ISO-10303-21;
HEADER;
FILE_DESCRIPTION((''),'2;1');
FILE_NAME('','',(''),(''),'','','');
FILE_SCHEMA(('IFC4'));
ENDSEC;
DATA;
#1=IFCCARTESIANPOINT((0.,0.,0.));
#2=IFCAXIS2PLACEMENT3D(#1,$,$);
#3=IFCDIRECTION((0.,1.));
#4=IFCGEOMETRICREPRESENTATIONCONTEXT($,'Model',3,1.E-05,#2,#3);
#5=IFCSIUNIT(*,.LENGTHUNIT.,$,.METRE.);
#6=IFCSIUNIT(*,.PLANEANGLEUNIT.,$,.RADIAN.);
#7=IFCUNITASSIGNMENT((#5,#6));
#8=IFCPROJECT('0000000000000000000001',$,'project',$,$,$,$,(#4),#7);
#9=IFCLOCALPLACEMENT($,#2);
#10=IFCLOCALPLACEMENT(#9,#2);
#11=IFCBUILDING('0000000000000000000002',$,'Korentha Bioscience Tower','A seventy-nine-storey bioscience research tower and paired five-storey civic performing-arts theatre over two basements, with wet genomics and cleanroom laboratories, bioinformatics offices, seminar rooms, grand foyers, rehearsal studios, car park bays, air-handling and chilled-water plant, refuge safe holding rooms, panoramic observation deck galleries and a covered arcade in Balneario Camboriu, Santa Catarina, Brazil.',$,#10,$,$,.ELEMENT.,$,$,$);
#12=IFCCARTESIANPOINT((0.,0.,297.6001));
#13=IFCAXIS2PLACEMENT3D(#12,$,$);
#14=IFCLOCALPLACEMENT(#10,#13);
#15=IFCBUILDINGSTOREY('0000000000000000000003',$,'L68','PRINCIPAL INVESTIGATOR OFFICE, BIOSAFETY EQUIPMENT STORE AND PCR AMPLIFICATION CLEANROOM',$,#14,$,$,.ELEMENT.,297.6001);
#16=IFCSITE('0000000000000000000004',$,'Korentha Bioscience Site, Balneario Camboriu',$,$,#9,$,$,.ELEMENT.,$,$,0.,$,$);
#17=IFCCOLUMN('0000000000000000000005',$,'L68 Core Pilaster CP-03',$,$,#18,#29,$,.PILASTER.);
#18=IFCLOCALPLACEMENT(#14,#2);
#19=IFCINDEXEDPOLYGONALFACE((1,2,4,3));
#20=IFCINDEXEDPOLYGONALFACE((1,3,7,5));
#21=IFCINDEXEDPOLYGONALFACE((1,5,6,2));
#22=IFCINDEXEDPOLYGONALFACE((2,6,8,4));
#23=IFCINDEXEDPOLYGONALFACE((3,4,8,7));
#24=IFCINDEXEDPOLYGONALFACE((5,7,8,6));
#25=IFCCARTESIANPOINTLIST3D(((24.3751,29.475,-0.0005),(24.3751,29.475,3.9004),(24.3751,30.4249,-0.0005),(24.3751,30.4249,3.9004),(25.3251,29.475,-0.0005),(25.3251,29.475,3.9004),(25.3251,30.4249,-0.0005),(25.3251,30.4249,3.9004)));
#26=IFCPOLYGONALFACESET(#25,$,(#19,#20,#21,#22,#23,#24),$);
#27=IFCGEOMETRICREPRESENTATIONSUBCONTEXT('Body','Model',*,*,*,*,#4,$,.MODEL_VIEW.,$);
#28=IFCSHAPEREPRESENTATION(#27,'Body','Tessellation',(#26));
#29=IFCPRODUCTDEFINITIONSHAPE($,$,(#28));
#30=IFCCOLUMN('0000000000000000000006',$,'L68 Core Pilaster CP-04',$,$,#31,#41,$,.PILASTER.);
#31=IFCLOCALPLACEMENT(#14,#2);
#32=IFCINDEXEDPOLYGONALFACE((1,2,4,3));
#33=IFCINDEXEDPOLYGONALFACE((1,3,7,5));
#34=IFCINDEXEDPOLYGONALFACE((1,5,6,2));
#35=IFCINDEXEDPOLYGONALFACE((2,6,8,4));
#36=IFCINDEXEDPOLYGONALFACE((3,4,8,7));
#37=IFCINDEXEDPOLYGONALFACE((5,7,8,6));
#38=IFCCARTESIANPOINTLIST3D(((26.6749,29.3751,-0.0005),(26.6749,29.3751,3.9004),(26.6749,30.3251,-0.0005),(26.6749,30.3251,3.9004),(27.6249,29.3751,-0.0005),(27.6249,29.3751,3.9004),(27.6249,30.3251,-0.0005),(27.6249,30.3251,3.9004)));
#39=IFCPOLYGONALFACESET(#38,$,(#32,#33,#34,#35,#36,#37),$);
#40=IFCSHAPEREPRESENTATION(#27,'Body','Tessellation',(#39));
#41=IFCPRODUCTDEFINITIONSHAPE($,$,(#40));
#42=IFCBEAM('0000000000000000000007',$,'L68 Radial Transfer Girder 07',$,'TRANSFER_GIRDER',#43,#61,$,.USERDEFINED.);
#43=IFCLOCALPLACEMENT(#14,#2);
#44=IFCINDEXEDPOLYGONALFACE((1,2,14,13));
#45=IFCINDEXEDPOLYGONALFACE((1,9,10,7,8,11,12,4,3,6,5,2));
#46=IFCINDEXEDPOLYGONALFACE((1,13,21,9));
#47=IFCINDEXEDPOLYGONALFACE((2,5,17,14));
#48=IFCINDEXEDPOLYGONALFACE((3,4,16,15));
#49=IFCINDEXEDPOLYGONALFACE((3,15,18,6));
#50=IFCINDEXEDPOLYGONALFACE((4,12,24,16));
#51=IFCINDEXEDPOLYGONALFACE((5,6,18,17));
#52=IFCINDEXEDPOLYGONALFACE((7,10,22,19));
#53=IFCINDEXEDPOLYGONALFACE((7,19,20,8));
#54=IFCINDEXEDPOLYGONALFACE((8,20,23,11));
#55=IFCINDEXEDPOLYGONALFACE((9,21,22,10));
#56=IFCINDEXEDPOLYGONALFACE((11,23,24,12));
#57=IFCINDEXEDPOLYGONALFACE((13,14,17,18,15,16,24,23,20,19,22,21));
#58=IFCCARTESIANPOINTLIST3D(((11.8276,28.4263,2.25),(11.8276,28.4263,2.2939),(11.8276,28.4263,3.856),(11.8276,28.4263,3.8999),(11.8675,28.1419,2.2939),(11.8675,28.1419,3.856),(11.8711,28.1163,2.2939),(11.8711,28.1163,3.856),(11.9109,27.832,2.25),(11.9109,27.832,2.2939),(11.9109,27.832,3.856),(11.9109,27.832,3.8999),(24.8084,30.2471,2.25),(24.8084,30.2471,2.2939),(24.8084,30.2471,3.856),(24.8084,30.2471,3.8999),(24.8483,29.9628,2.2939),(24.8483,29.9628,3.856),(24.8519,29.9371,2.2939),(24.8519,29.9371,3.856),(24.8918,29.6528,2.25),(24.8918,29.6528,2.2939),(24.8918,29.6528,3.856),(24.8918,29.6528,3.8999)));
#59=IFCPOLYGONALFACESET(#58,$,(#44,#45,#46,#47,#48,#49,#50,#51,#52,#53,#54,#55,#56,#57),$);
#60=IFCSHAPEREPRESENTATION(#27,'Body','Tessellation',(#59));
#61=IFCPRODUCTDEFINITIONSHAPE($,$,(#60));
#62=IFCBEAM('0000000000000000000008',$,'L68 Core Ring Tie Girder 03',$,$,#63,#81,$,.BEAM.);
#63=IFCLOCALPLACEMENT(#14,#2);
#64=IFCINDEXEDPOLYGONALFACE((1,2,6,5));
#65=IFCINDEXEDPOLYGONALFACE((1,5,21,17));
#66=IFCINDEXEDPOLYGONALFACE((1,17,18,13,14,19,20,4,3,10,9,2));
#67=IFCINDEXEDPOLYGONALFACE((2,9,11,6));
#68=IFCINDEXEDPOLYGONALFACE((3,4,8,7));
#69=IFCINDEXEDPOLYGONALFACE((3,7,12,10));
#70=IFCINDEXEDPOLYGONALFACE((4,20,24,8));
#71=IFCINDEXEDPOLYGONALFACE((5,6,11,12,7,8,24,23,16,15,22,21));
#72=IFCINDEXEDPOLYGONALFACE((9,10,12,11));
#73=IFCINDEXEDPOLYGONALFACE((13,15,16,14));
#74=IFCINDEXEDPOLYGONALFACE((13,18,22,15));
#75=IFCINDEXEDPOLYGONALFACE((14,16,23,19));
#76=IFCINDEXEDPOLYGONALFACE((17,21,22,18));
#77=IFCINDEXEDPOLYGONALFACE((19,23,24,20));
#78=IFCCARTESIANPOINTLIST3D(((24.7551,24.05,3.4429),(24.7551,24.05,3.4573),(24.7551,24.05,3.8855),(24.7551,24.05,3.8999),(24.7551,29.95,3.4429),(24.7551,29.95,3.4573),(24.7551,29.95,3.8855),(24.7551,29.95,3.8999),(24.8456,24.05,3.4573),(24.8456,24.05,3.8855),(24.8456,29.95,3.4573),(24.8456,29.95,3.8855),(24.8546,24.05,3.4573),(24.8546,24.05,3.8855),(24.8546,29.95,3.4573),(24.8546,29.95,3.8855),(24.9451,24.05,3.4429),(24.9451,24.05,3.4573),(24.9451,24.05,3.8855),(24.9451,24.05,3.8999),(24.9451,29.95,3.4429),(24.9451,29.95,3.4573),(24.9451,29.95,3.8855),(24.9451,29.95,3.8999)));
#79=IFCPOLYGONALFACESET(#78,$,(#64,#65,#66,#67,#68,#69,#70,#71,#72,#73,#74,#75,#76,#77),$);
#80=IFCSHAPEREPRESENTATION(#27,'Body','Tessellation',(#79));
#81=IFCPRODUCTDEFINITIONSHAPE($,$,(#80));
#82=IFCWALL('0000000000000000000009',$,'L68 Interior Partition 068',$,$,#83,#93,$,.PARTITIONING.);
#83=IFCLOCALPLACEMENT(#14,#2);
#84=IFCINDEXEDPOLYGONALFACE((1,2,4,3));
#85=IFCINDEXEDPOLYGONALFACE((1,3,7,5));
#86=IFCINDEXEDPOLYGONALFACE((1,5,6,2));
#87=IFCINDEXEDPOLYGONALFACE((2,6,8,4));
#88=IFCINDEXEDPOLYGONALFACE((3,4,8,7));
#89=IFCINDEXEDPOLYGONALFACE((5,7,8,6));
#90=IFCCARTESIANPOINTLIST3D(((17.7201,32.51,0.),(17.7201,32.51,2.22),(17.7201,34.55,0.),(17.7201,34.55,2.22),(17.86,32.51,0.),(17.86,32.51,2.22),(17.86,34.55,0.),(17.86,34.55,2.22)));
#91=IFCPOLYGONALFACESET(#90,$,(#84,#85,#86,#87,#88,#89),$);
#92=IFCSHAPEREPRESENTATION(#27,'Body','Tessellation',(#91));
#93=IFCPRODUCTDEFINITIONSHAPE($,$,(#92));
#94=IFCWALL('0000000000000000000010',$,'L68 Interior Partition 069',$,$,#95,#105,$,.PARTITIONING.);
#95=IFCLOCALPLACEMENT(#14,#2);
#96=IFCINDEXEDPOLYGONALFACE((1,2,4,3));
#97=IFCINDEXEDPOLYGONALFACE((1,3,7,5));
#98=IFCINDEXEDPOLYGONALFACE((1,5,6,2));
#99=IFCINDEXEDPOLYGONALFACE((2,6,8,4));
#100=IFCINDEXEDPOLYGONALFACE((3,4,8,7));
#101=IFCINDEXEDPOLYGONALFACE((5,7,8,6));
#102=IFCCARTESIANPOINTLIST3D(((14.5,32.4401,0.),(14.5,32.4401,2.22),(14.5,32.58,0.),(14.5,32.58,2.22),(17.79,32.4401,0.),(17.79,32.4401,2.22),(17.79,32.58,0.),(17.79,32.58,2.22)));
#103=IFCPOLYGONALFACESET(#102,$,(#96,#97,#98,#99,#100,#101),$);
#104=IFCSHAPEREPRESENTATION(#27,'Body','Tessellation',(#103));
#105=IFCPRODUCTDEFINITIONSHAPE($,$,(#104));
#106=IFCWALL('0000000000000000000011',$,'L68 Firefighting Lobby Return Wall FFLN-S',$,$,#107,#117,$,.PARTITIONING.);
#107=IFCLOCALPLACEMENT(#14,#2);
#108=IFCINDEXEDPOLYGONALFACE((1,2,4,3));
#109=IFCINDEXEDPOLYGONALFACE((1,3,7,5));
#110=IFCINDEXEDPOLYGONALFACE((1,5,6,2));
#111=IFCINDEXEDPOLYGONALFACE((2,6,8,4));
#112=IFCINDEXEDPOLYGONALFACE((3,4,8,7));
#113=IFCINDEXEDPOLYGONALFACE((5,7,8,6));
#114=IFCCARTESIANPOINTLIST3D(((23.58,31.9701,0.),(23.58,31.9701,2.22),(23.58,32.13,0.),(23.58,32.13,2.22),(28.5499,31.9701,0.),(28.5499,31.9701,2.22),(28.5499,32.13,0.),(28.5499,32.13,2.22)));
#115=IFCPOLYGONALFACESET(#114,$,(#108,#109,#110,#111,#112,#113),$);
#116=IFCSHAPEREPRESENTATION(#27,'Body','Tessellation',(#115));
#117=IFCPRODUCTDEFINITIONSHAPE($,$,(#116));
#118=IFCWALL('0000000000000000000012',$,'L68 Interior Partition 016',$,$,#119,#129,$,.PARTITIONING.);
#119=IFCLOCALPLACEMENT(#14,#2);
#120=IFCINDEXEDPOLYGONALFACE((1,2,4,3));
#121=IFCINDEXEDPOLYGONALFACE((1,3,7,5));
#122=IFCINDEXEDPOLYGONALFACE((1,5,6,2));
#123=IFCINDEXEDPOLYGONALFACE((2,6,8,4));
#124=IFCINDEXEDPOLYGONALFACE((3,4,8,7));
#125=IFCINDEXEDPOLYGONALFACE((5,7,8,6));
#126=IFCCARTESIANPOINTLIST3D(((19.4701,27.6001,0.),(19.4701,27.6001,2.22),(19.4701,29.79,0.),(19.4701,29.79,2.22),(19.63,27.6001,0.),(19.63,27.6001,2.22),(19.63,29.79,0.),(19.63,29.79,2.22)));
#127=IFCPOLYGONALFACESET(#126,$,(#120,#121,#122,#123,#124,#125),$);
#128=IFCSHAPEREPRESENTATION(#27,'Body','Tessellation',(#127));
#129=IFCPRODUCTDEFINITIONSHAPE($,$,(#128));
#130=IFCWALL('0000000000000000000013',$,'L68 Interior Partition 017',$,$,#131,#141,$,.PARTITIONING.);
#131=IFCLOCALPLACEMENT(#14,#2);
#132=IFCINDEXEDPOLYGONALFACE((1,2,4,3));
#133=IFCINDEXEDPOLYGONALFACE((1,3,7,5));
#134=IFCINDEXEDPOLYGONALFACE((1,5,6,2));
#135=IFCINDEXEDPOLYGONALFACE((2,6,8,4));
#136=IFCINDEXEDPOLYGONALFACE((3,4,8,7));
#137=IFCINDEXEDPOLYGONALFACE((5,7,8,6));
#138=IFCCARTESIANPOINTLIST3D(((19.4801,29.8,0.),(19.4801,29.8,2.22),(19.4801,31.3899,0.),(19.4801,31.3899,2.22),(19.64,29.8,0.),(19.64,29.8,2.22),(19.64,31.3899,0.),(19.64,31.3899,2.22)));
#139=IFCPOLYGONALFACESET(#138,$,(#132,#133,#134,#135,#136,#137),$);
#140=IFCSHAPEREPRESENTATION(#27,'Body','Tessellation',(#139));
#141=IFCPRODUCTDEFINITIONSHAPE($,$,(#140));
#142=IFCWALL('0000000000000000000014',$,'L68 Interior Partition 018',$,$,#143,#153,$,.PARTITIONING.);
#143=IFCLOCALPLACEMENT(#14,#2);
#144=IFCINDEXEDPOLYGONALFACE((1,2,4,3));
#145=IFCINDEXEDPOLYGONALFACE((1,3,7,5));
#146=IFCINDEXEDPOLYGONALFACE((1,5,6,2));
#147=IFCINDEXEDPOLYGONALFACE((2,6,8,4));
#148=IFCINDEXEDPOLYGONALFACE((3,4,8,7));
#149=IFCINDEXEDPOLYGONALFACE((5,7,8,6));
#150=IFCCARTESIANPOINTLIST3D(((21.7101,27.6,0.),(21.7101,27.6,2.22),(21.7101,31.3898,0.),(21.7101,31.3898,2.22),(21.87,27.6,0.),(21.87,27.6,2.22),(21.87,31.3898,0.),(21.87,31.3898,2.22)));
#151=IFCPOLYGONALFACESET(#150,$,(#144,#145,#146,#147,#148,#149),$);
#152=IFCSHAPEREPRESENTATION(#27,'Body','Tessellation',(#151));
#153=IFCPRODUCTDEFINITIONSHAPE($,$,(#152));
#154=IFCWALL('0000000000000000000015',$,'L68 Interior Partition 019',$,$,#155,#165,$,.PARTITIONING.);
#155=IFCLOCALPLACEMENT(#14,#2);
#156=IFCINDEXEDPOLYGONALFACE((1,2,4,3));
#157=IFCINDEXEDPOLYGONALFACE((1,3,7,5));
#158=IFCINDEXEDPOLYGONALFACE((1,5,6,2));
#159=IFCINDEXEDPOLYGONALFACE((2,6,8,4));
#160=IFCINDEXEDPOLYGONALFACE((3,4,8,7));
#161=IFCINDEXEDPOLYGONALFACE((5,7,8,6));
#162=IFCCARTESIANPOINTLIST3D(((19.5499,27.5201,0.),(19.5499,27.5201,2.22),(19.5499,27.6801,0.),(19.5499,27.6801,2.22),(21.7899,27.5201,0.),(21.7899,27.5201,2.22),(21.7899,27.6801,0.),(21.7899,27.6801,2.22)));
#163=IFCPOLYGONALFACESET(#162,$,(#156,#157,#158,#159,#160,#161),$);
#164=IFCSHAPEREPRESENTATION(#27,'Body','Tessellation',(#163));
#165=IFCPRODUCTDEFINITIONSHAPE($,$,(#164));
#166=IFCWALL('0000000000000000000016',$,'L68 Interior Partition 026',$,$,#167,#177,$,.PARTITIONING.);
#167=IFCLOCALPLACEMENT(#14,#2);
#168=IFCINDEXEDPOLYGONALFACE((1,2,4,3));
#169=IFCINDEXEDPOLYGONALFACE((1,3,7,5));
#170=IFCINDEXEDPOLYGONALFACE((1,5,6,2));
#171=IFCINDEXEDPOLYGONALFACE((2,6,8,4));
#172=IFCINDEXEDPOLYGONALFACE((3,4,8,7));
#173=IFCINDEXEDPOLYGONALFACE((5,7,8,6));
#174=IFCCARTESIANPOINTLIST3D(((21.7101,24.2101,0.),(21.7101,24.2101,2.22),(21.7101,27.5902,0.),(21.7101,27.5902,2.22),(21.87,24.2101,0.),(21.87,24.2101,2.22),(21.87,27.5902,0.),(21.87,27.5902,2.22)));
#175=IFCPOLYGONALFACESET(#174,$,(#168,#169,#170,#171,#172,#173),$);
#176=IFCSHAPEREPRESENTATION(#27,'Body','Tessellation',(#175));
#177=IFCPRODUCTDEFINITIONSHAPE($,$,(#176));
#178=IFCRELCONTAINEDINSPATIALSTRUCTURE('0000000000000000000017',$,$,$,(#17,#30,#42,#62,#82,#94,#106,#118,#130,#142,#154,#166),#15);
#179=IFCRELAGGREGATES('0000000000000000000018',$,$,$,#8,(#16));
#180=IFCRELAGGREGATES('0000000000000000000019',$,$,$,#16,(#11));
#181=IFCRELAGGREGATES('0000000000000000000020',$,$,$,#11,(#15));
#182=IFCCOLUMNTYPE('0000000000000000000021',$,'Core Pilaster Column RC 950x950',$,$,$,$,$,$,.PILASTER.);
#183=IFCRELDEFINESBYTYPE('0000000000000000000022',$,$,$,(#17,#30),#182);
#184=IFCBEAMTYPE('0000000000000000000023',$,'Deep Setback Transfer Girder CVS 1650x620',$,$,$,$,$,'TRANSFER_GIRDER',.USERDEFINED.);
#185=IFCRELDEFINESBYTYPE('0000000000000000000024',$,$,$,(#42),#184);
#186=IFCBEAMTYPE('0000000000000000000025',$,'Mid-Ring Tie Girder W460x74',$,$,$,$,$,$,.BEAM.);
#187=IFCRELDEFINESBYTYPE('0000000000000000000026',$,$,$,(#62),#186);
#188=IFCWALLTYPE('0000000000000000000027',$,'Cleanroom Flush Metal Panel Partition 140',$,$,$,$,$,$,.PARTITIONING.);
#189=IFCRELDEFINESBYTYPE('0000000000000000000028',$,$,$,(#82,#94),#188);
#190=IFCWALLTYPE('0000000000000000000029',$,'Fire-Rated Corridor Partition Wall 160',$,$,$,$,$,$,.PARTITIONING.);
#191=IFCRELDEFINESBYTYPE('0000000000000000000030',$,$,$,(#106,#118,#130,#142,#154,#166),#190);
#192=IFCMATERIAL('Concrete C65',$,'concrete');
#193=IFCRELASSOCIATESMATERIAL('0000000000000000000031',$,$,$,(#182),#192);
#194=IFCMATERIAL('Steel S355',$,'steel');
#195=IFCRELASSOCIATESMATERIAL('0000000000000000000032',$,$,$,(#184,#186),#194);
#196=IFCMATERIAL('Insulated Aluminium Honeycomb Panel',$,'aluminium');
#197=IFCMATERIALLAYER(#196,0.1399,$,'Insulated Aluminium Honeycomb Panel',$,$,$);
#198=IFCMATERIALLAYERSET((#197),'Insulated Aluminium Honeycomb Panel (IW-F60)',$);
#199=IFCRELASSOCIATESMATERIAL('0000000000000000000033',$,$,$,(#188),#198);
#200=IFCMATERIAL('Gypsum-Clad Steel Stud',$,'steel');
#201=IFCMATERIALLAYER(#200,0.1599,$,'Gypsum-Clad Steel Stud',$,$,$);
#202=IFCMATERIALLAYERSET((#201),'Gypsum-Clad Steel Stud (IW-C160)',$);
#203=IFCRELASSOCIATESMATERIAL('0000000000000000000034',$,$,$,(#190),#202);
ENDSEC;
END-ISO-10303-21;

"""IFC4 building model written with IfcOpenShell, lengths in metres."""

from ifc_helpers import new_model, si_unit, direction, frame, frame_2d, origin, origin_2d, place, context, subcontext, project, spatial, rectangle, i_section, extrude, material, layer, layer_set, material_profile, profile_set, type_object, element, save


model = new_model("IFC4")

# Units and contexts
model_context = context("Model", 3, precision=1e-05, world=origin(), true_north=direction((0.0, 1.0)))
body_context = subcontext(model_context, "Body", "Model", "MODEL_VIEW")
ifc_project = project(units=[si_unit("LENGTHUNIT", "METRE"), si_unit("PLANEANGLEUNIT", "RADIAN")], contexts=[model_context])

# Site, building, storey
site_placement = place(None, origin())
site = spatial("IfcSite", under=ifc_project, at=site_placement, Name="Korentha Bioscience Site, Balneario Camboriu", CompositionType="ELEMENT", RefElevation=0.0)
building_placement = place(site_placement, origin())
building = spatial("IfcBuilding", under=site, at=building_placement, Name="Korentha Bioscience Tower", Description="A seventy-nine-storey bioscience research tower and paired five-storey civic performing-arts theatre over two basements, with wet genomics and cleanroom laboratories, bioinformatics offices, seminar rooms, grand foyers, rehearsal studios, car park bays, air-handling and chilled-water plant, refuge safe holding rooms, panoramic observation deck galleries and a covered arcade in Balneario Camboriu, Santa Catarina, Brazil.", CompositionType="ELEMENT")
storey_placement = place(building_placement, frame((0.0, 0.0, 297.6001)))
storey = spatial("IfcBuildingStorey", under=building, at=storey_placement, Name="L68", Description="PRINCIPAL INVESTIGATOR OFFICE, BIOSAFETY EQUIPMENT STORE AND PCR AMPLIFICATION CLEANROOM", CompositionType="ELEMENT", Elevation=297.6001)

# Columns
ifc_material_1 = material(Name="Concrete C65", Category="concrete")
ifc_material_profile_1 = material_profile(ifc_material_1, rectangle(XDim=0.95, YDim=0.95, at=origin_2d()), Name="Concrete C65")
ifc_profile_set_1 = profile_set([ifc_material_profile_1], Name="Concrete C65 (COL-CP09)")
column_type = type_object("IfcColumnType", Name="Core Pilaster Column RC 950x950", PredefinedType="PILASTER", material=ifc_profile_set_1)
for number, where, z_axis, x_axis, name in (
    (1, (24.8501, 29.95, -0.0005), (0.0, 0.0, 1.0), (1.0, 0.0, 0.0), "L68 Core Pilaster CP-03"),
    (2, (27.1499, 29.8501, -0.0005), (0.0, 0.0, 1.0), (1.0, 0.0, 0.0), "L68 Core Pilaster CP-04"),
):
    element("IfcColumn", number, at=place(storey_placement, frame(where, z_axis=z_axis, x_axis=x_axis)), inside=storey, type_object=column_type, Name=name, PredefinedType="PILASTER", context=body_context, shape_type="SweptSolid", body=[
        extrude(rectangle(XDim=0.95, YDim=0.95, at=origin_2d()), origin(), (0.0, 0.0, 1.0), 3.9009),
    ])

# Beams
ifc_material_2 = material(Name="Steel S355", Category="steel")
ifc_material_profile_2 = material_profile(ifc_material_2, i_section(OverallWidth=0.6001, OverallDepth=1.6499, WebThickness=0.0259, FlangeThickness=0.0439, at=origin_2d()), Name="Steel S355")
ifc_profile_set_2 = profile_set([ifc_material_profile_2], Name="Steel S355 (TG-04)")
beam_type_1 = type_object("IfcBeamType", Name="Deep Setback Transfer Girder CVS 1650x620", ElementType="TRANSFER_GIRDER", PredefinedType="USERDEFINED", material=ifc_profile_set_2)
beam_1_placement = place(storey_placement, frame((24.8501, 29.95, 3.075), z_axis=(-0.990305, -0.13891, 0.0), x_axis=(0.13891, -0.990305, 0.0)))
element("IfcBeam", 3, at=beam_1_placement, inside=storey, type_object=beam_type_1, Name="L68 Radial Transfer Girder 07", ObjectType="TRANSFER_GIRDER", PredefinedType="USERDEFINED", context=body_context, shape_type="SweptSolid", body=[
    extrude(i_section(OverallWidth=0.6001, OverallDepth=1.6499, WebThickness=0.0259, FlangeThickness=0.0439, at=origin_2d()), origin(), (0.0, 0.0, 1.0), 13.1079),
])
ifc_material_profile_3 = material_profile(ifc_material_2, i_section(OverallWidth=0.1899, OverallDepth=0.457, WebThickness=0.009, FlangeThickness=0.0144, at=origin_2d()), Name="Steel S355")
ifc_profile_set_3 = profile_set([ifc_material_profile_3], Name="Steel S355 (MB-460)")
beam_type_2 = type_object("IfcBeamType", Name="Mid-Ring Tie Girder W460x74", PredefinedType="BEAM", material=ifc_profile_set_3)
beam_2_placement = place(storey_placement, frame((24.8501, 29.95, 3.6714), z_axis=(0.0, -1.0, 0.0), x_axis=(1.0, 0.0, 0.0)))
element("IfcBeam", 4, at=beam_2_placement, inside=storey, type_object=beam_type_2, Name="L68 Core Ring Tie Girder 03", PredefinedType="BEAM", context=body_context, shape_type="SweptSolid", body=[
    extrude(i_section(OverallWidth=0.1899, OverallDepth=0.457, WebThickness=0.009, FlangeThickness=0.0144, at=origin_2d()), origin(), (0.0, 0.0, 1.0), 5.8999),
])

# Walls
ifc_material_3 = material(Name="Insulated Aluminium Honeycomb Panel", Category="aluminium")
ifc_layer_1 = layer(ifc_material_3, 0.1399, Name="Insulated Aluminium Honeycomb Panel")
ifc_layer_set_1 = layer_set([ifc_layer_1], Name="Insulated Aluminium Honeycomb Panel (IW-F60)")
wall_type_1 = type_object("IfcWallType", Name="Cleanroom Flush Metal Panel Partition 140", PredefinedType="PARTITIONING", material=ifc_layer_set_1)
wall_1_placement = place(storey_placement, frame((17.79, 34.55, 0.0), z_axis=(0.0, 0.0, 1.0), x_axis=(0.0, -1.0, 0.0)))
element("IfcWall", 5, at=wall_1_placement, inside=storey, type_object=wall_type_1, Name="L68 Interior Partition 068", PredefinedType="PARTITIONING", context=body_context, shape_type="SweptSolid", body=[
    extrude(rectangle(XDim=2.04, YDim=0.1399, at=frame_2d((1.02, 0.0))), origin(), (0.0, 0.0, 1.0), 2.22),
])
wall_2_placement = place(storey_placement, frame((17.79, 32.51, 0.0), z_axis=(0.0, 0.0, 1.0), x_axis=(-1.0, 0.0, 0.0)))
element("IfcWall", 6, at=wall_2_placement, inside=storey, type_object=wall_type_1, Name="L68 Interior Partition 069", PredefinedType="PARTITIONING", context=body_context, shape_type="SweptSolid", body=[
    extrude(rectangle(XDim=3.29, YDim=0.1399, at=frame_2d((1.645, 0.0))), origin(), (0.0, 0.0, 1.0), 2.22),
])

# Shared definitions
ifc_material_4 = material(Name="Gypsum-Clad Steel Stud", Category="steel")
ifc_layer_2 = layer(ifc_material_4, 0.1599, Name="Gypsum-Clad Steel Stud")
ifc_layer_set_2 = layer_set([ifc_layer_2], Name="Gypsum-Clad Steel Stud (IW-C160)")
wall_type_2 = type_object("IfcWallType", Name="Fire-Rated Corridor Partition Wall 160", PredefinedType="PARTITIONING", material=ifc_layer_set_2)

# Wall
wall_3_placement = place(storey_placement, frame((23.5801, 32.05, 0.0), z_axis=(0.0, 0.0, 1.0), x_axis=(1.0, 0.0, 0.0)))
element("IfcWall", 7, at=wall_3_placement, inside=storey, type_object=wall_type_2, Name="L68 Firefighting Lobby Return Wall FFLN-S", PredefinedType="PARTITIONING", context=body_context, shape_type="SweptSolid", body=[
    extrude(rectangle(XDim=4.97, YDim=0.1599, at=frame_2d((2.4849, 0.0))), origin(), (0.0, 0.0, 1.0), 2.22),
])

# Walls
wall_4_placement = place(storey_placement, frame((19.55, 27.6001, 0.0), z_axis=(0.0, 0.0, 1.0), x_axis=(0.0, 1.0, 0.0)))
element("IfcWall", 8, at=wall_4_placement, inside=storey, type_object=wall_type_2, Name="L68 Interior Partition 016", PredefinedType="PARTITIONING", context=body_context, shape_type="SweptSolid", body=[
    extrude(rectangle(XDim=2.1899, YDim=0.1599, at=frame_2d((1.095, 0.0))), origin(), (0.0, 0.0, 1.0), 2.22),
])
wall_5_placement = place(storey_placement, frame((19.5601, 29.8, 0.0), z_axis=(0.0, 0.0, 1.0), x_axis=(0.0, 1.0, 0.0)))
element("IfcWall", 9, at=wall_5_placement, inside=storey, type_object=wall_type_2, Name="L68 Interior Partition 017", PredefinedType="PARTITIONING", context=body_context, shape_type="SweptSolid", body=[
    extrude(rectangle(XDim=1.5898, YDim=0.1599, at=frame_2d((0.7949, 0.0))), origin(), (0.0, 0.0, 1.0), 2.22),
])
wall_6_placement = place(storey_placement, frame((21.79, 31.3899, 0.0), z_axis=(0.0, 0.0, 1.0), x_axis=(0.0, -1.0, 0.0)))
element("IfcWall", 10, at=wall_6_placement, inside=storey, type_object=wall_type_2, Name="L68 Interior Partition 018", PredefinedType="PARTITIONING", context=body_context, shape_type="SweptSolid", body=[
    extrude(rectangle(XDim=3.7898, YDim=0.1599, at=frame_2d((1.895, 0.0))), origin(), (0.0, 0.0, 1.0), 2.22),
])
wall_7_placement = place(storey_placement, frame((21.79, 27.6001, 0.0), z_axis=(0.0, 0.0, 1.0), x_axis=(-1.0, 0.0, 0.0)))
element("IfcWall", 11, at=wall_7_placement, inside=storey, type_object=wall_type_2, Name="L68 Interior Partition 019", PredefinedType="PARTITIONING", context=body_context, shape_type="SweptSolid", body=[
    extrude(rectangle(XDim=2.24, YDim=0.1599, at=frame_2d((1.1201, 0.0))), origin(), (0.0, 0.0, 1.0), 2.22),
])
wall_8_placement = place(storey_placement, frame((21.79, 27.5901, 0.0), z_axis=(0.0, 0.0, 1.0), x_axis=(0.0, -1.0, 0.0)))
element("IfcWall", 12, at=wall_8_placement, inside=storey, type_object=wall_type_2, Name="L68 Interior Partition 026", PredefinedType="PARTITIONING", context=body_context, shape_type="SweptSolid", body=[
    extrude(rectangle(XDim=3.3801, YDim=0.1599, at=frame_2d((1.6899, 0.0))), origin(), (0.0, 0.0, 1.0), 2.22),
])

save(model, "model.ifc")
